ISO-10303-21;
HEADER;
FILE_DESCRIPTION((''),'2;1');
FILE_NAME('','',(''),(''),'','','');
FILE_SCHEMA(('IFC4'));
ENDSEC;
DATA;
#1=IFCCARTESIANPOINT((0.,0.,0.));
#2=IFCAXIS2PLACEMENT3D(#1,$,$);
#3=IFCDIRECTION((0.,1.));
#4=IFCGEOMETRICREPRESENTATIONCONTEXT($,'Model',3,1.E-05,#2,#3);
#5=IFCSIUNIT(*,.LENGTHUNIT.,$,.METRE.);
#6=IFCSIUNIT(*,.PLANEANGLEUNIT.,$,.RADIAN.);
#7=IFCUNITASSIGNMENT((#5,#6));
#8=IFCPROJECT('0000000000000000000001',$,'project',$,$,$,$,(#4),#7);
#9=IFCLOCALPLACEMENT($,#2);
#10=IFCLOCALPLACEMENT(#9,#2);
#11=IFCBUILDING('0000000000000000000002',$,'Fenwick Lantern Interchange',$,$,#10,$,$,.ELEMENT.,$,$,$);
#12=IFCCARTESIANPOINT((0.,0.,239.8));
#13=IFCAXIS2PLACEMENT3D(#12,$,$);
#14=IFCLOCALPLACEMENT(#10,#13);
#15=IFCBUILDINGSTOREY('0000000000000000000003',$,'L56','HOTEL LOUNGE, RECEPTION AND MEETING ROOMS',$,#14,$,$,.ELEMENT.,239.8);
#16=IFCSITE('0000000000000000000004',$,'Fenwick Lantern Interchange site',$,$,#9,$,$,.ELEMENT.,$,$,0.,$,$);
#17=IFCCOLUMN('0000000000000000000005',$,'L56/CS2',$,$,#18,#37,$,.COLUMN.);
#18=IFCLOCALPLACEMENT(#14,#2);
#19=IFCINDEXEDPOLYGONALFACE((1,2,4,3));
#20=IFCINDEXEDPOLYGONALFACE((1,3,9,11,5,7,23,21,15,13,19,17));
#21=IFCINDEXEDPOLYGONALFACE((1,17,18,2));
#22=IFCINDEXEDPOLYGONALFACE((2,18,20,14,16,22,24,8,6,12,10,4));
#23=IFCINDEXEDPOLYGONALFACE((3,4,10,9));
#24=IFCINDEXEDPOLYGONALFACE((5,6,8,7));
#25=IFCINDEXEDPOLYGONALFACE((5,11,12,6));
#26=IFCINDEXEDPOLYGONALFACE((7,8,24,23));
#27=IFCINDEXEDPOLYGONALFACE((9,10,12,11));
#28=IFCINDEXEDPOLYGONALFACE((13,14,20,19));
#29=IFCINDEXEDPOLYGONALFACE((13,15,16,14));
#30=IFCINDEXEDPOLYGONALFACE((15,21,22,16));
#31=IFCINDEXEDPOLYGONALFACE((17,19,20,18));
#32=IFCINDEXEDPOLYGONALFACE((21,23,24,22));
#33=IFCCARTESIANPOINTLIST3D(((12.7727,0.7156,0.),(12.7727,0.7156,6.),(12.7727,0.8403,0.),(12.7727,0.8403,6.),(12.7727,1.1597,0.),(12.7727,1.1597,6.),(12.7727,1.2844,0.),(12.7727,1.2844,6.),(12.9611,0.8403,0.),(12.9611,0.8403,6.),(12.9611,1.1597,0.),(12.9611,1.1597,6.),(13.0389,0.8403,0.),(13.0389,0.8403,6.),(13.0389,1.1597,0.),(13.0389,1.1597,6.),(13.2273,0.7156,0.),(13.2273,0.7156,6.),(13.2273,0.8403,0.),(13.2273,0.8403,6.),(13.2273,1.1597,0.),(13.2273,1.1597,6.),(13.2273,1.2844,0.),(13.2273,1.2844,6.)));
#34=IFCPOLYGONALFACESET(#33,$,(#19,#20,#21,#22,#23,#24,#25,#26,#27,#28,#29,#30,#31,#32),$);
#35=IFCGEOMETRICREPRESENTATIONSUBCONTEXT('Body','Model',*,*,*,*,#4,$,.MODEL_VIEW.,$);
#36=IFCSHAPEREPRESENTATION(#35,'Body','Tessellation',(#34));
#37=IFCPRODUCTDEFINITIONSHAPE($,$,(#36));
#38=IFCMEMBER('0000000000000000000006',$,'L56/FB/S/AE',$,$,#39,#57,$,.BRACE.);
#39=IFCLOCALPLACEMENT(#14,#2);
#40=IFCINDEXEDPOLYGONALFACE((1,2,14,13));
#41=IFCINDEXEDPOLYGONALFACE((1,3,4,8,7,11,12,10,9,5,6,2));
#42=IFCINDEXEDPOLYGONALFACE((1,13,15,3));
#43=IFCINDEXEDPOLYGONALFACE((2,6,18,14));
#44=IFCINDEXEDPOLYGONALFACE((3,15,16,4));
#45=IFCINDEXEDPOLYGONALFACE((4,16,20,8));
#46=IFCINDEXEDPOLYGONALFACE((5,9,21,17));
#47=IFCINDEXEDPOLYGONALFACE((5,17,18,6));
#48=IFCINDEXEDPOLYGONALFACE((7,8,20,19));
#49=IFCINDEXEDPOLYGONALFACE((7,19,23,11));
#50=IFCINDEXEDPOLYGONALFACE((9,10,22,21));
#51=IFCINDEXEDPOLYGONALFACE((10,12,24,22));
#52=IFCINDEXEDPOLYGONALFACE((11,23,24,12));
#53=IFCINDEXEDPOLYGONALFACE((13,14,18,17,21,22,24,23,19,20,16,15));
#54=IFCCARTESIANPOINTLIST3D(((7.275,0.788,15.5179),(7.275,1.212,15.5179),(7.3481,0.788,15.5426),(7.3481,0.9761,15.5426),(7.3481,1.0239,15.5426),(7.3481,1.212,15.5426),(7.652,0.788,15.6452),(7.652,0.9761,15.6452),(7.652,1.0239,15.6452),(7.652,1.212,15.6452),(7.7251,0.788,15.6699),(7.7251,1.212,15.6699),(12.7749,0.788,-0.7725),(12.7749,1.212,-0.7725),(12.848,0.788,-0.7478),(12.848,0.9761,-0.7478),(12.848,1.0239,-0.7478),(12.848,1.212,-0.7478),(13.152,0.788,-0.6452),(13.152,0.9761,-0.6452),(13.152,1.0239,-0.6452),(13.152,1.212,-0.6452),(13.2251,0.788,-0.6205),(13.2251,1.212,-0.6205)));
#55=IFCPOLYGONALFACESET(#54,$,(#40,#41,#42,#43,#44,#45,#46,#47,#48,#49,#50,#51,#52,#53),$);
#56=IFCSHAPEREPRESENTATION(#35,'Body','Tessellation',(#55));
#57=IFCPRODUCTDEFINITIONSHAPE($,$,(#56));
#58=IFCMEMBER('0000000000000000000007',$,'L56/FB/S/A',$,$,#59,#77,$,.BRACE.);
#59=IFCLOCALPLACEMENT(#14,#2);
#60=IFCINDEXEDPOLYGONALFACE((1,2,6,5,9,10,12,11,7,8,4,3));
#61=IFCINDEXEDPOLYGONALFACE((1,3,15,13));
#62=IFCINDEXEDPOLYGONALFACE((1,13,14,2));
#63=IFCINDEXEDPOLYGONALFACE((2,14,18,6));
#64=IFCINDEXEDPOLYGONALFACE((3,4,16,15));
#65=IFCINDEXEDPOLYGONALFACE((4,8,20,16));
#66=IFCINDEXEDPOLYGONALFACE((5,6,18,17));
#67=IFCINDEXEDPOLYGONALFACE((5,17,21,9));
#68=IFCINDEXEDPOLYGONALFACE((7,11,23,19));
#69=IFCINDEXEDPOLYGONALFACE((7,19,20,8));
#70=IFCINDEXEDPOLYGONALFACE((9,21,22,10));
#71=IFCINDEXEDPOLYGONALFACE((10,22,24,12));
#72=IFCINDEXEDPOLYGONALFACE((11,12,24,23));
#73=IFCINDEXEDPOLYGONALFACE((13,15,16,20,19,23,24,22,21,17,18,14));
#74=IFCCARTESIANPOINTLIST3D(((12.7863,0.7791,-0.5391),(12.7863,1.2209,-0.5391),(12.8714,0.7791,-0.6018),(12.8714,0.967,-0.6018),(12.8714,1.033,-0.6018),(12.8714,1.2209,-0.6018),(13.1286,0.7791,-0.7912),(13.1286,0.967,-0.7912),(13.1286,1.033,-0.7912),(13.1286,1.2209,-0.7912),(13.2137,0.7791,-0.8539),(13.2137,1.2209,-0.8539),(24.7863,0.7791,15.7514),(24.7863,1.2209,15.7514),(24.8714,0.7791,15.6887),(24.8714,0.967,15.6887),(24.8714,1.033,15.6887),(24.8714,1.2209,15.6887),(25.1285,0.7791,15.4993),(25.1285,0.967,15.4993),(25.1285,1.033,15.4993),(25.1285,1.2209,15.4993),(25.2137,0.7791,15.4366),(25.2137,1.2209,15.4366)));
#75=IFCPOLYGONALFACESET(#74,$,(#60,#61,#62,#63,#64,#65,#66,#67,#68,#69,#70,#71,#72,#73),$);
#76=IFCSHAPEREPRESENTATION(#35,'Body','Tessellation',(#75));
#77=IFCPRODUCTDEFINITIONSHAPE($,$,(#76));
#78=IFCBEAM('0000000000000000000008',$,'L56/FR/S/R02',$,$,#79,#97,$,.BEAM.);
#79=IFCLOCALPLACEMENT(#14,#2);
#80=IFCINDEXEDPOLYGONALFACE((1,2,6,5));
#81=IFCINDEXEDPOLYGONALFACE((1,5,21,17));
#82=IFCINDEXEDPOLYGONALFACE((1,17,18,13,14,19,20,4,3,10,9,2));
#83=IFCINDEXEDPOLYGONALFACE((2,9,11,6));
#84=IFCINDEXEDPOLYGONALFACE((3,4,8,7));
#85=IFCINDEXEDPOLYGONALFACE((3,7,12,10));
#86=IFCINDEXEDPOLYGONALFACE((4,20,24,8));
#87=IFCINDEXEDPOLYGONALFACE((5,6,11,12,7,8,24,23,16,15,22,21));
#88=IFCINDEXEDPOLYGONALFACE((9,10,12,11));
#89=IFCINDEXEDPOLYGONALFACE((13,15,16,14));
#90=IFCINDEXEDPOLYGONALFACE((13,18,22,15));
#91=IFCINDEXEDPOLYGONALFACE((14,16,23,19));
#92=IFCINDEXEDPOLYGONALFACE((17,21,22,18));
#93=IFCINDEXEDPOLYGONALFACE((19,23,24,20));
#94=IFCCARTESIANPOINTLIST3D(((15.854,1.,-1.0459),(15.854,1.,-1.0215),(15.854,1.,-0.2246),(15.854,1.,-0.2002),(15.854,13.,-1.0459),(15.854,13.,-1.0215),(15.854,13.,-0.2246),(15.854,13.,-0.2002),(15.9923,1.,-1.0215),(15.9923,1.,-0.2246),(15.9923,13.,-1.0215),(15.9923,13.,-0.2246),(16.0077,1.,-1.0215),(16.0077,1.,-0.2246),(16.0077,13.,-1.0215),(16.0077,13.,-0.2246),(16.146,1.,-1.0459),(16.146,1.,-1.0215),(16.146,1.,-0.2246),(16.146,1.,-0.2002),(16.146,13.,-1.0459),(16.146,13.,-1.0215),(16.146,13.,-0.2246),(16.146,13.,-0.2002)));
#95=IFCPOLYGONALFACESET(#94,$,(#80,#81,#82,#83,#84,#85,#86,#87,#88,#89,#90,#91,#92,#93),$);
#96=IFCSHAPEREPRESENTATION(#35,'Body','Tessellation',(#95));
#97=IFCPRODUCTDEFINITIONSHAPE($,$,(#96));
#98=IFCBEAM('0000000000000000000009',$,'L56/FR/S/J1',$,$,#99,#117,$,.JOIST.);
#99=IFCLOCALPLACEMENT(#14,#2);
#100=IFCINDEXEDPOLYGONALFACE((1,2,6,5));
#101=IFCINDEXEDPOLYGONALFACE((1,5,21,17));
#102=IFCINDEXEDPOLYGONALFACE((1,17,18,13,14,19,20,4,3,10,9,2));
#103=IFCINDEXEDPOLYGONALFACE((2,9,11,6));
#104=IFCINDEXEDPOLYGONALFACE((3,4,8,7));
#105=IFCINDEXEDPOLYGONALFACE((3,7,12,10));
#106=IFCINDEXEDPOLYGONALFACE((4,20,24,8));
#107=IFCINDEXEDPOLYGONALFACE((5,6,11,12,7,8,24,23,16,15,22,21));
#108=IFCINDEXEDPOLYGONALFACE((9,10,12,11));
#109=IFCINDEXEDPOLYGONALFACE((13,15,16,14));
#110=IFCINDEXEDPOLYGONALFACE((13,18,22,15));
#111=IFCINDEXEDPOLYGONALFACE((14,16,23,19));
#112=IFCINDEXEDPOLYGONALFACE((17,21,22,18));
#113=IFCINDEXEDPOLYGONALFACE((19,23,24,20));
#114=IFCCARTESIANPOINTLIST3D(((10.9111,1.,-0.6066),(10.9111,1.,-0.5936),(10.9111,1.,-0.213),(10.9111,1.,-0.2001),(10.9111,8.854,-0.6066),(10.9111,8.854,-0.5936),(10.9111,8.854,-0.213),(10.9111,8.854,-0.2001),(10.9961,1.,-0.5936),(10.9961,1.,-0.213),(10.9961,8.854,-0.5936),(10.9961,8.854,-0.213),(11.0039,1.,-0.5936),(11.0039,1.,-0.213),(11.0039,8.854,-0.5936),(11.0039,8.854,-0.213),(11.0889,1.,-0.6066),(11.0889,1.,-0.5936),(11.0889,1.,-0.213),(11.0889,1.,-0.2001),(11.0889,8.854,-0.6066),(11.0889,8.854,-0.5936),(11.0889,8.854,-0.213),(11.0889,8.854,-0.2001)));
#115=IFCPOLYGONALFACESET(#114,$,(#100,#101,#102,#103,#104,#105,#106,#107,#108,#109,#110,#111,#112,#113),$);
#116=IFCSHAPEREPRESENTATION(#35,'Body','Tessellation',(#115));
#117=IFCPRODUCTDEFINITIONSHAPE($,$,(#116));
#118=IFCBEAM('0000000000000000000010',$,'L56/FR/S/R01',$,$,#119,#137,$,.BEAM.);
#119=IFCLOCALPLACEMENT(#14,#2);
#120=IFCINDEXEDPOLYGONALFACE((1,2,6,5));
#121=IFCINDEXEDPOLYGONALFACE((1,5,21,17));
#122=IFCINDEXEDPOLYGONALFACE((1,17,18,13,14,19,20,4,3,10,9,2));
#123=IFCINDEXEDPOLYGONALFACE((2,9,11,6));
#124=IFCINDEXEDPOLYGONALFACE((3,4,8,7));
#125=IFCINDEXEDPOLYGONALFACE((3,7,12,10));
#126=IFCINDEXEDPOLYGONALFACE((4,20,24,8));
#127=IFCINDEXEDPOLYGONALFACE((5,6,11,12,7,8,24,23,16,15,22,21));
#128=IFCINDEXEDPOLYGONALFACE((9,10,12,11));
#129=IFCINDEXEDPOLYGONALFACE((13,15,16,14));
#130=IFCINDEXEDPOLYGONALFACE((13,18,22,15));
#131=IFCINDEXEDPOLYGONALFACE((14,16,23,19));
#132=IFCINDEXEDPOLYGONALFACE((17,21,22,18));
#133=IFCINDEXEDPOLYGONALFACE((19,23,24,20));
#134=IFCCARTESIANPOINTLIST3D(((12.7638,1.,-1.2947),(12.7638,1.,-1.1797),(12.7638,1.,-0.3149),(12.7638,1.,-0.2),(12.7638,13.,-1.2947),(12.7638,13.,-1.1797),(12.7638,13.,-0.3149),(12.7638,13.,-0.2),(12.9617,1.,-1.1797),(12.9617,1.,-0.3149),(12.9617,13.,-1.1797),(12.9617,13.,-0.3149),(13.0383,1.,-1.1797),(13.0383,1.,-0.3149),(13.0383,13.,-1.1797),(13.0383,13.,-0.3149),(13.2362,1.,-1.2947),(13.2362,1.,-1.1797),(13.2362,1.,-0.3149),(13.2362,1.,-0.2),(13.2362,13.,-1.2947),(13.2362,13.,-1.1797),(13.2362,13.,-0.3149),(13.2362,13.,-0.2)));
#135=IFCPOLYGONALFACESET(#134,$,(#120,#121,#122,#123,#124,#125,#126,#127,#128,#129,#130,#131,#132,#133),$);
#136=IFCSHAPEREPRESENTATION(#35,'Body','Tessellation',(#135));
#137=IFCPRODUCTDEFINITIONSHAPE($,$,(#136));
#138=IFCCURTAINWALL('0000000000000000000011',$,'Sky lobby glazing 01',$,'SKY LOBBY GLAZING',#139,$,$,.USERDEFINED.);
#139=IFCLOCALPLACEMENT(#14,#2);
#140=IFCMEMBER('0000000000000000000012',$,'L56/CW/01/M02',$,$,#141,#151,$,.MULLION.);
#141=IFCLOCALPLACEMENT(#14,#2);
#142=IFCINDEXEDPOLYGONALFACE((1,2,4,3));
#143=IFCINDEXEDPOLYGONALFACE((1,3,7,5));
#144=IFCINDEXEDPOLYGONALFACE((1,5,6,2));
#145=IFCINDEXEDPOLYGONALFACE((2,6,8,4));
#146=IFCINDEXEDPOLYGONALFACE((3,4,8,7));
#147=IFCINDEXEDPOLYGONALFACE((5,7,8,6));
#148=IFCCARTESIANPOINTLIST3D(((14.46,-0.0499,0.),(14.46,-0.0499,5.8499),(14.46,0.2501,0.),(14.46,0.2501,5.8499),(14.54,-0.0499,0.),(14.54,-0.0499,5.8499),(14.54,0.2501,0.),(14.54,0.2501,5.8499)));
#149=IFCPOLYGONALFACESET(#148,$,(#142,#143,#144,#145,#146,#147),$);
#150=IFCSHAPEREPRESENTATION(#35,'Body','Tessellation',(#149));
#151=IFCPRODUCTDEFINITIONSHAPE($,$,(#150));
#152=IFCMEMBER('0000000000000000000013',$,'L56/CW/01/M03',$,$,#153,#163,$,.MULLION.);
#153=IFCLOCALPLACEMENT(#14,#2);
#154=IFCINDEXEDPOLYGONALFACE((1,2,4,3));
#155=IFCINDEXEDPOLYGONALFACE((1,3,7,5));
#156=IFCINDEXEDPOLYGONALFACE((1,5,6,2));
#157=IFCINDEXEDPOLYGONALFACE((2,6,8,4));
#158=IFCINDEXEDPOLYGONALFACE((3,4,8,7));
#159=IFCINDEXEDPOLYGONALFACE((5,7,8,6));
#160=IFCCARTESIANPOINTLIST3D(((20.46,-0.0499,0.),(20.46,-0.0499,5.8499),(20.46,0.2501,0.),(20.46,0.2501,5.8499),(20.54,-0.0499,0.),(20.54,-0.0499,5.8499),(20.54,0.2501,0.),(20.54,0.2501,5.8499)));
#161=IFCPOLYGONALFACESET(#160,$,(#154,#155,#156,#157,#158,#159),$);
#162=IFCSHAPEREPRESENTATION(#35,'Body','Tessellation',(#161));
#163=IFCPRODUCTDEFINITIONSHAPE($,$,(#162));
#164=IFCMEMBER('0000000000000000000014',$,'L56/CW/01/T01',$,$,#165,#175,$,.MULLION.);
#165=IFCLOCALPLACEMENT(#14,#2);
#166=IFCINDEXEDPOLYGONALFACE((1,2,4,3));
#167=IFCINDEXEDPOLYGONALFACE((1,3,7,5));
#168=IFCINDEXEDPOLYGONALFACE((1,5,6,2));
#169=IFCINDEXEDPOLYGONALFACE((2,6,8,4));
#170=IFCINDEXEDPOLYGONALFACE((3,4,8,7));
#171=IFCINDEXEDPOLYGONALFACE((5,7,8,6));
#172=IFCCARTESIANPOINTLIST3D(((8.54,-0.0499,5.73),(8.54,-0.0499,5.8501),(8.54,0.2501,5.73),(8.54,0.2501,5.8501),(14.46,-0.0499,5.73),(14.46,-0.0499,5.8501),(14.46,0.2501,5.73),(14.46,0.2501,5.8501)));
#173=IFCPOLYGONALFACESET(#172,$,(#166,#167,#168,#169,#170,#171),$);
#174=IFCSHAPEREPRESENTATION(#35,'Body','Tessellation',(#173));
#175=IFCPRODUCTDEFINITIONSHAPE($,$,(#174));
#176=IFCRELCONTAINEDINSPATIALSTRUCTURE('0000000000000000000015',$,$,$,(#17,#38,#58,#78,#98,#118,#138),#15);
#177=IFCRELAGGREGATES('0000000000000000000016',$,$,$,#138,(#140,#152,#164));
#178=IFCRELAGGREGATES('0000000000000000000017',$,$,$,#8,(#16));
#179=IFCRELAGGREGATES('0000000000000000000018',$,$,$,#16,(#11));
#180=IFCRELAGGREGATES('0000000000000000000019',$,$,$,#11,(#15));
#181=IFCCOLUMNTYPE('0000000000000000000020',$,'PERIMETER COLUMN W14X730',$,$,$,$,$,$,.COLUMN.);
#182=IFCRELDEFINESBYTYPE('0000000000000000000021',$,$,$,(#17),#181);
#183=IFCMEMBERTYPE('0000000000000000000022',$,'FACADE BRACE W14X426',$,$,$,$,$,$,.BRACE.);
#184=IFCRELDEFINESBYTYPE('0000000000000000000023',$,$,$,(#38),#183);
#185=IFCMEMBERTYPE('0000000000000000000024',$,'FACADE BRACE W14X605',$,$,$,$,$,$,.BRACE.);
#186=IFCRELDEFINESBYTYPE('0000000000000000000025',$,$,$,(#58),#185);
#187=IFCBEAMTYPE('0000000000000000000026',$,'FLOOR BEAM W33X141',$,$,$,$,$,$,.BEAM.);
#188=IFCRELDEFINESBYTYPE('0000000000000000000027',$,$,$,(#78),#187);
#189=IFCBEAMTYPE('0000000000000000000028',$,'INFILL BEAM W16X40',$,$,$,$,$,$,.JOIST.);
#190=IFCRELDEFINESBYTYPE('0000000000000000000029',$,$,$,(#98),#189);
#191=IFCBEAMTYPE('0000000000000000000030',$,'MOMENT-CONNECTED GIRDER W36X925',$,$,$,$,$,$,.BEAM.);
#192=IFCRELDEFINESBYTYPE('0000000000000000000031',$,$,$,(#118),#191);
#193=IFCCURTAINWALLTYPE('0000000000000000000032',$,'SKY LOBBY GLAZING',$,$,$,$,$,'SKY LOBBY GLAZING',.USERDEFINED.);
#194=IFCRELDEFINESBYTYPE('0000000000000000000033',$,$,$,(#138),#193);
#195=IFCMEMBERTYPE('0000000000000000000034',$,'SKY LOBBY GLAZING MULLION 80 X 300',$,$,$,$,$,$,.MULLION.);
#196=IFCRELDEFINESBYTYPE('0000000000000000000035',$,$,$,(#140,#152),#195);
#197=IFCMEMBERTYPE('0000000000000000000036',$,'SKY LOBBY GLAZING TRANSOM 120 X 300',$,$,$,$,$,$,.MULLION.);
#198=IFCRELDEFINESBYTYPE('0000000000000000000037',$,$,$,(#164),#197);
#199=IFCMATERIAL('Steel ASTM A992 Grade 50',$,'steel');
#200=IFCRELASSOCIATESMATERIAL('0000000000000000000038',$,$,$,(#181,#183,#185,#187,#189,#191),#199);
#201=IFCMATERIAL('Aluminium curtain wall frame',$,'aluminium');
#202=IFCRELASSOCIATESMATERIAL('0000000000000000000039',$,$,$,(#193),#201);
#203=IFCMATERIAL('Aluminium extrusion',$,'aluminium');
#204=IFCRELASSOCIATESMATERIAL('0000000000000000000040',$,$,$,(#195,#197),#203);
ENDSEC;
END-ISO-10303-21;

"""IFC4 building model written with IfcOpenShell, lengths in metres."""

from ifc_helpers import new_model, si_unit, direction, frame, origin, origin_2d, place, context, subcontext, project, spatial, rectangle, i_section, extrude, material, material_profile, profile_set, type_object, element, aggregate, save


model = new_model("IFC4")

# Units and contexts
model_context = context("Model", 3, precision=1e-05, world=origin(), true_north=direction((0.0, 1.0)))
body_context = subcontext(model_context, "Body", "Model", "MODEL_VIEW")
ifc_project = project(units=[si_unit("LENGTHUNIT", "METRE"), si_unit("PLANEANGLEUNIT", "RADIAN")], contexts=[model_context])

# Site, building, storey
site_placement = place(None, origin())
site = spatial("IfcSite", under=ifc_project, at=site_placement, Name="Fenwick Lantern Interchange site", CompositionType="ELEMENT", RefElevation=0.0)
building_placement = place(site_placement, origin())
building = spatial("IfcBuilding", under=site, at=building_placement, Name="Fenwick Lantern Interchange", CompositionType="ELEMENT")
storey_placement = place(building_placement, frame((0.0, 0.0, 239.8)))
storey = spatial("IfcBuildingStorey", under=building, at=storey_placement, Name="L56", Description="HOTEL LOUNGE, RECEPTION AND MEETING ROOMS", CompositionType="ELEMENT", Elevation=239.8)

# Column
ifc_material_1 = material(Name="Steel ASTM A992 Grade 50", Category="steel")
ifc_material_profile_1 = material_profile(ifc_material_1, i_section(OverallWidth=0.4546, OverallDepth=0.5688, WebThickness=0.0779, FlangeThickness=0.1248, at=origin_2d()), Name="W14X730")
ifc_profile_set_1 = profile_set([ifc_material_profile_1], Name="Steel ASTM A992 Grade 50")
column_type = type_object("IfcColumnType", Name="PERIMETER COLUMN W14X730", PredefinedType="COLUMN", material=ifc_profile_set_1)
column_placement = place(storey_placement, frame((13.0, 1.0, 0.0), z_axis=(0.0, 0.0, 1.0), x_axis=(1.0, 0.0, 0.0)))
element("IfcColumn", 1, at=column_placement, inside=storey, type_object=column_type, Name="L56/CS2", PredefinedType="COLUMN", context=body_context, shape_type="SweptSolid", body=[
    extrude(i_section(OverallWidth=0.4546, OverallDepth=0.5688, WebThickness=0.0779, FlangeThickness=0.1248, at=origin_2d()), origin(), (0.0, 0.0, 1.0), 6.0),
])

# Members
ifc_material_profile_2 = material_profile(ifc_material_1, i_section(OverallWidth=0.4241, OverallDepth=0.4751, WebThickness=0.0479, FlangeThickness=0.0771, at=origin_2d()), Name="W14X426")
ifc_profile_set_2 = profile_set([ifc_material_profile_2], Name="Steel ASTM A992 Grade 50")
member_type_1 = type_object("IfcMemberType", Name="FACADE BRACE W14X426", PredefinedType="BRACE", material=ifc_profile_set_2)
member_1_placement = place(storey_placement, frame((13.0, 1.0, -0.6965), z_axis=(-0.31988, 0.0, 0.947458), x_axis=(0.0, -1.0, 0.0)))
element("IfcMember", 2, at=member_1_placement, inside=storey, type_object=member_type_1, Name="L56/FB/S/AE", PredefinedType="BRACE", context=body_context, shape_type="SweptSolid", body=[
    extrude(i_section(OverallWidth=0.4241, OverallDepth=0.4751, WebThickness=0.0479, FlangeThickness=0.0771, at=origin_2d()), origin(), (0.0, 0.0, 1.0), 17.1938),
])
ifc_material_profile_3 = material_profile(ifc_material_1, i_section(OverallWidth=0.4419, OverallDepth=0.5308, WebThickness=0.0659, FlangeThickness=0.1057, at=origin_2d()), Name="W14X605")
ifc_profile_set_3 = profile_set([ifc_material_profile_3], Name="Steel ASTM A992 Grade 50")
member_type_2 = type_object("IfcMemberType", Name="FACADE BRACE W14X605", PredefinedType="BRACE", material=ifc_profile_set_3)
member_2_placement = place(storey_placement, frame((13.0, 1.0, -0.6965), z_axis=(0.593085, 0.0, 0.80514), x_axis=(0.0, 1.0, 0.0)))
element("IfcMember", 3, at=member_2_placement, inside=storey, type_object=member_type_2, Name="L56/FB/S/A", PredefinedType="BRACE", context=body_context, shape_type="SweptSolid", body=[
    extrude(i_section(OverallWidth=0.4419, OverallDepth=0.5308, WebThickness=0.0659, FlangeThickness=0.1057, at=origin_2d()), origin(), (0.0, 0.0, 1.0), 20.2332),
])

# Beams
ifc_material_profile_4 = material_profile(ifc_material_1, i_section(OverallWidth=0.292, OverallDepth=0.8457, WebThickness=0.0154, FlangeThickness=0.0244, at=origin_2d()), Name="W33X141")
ifc_profile_set_4 = profile_set([ifc_material_profile_4], Name="Steel ASTM A992 Grade 50")
beam_type_1 = type_object("IfcBeamType", Name="FLOOR BEAM W33X141", PredefinedType="BEAM", material=ifc_profile_set_4)
beam_1_placement = place(storey_placement, frame((16.0, 1.0, -0.623), z_axis=(0.0, 1.0, 0.0), x_axis=(-1.0, 0.0, 0.0)))
element("IfcBeam", 4, at=beam_1_placement, inside=storey, type_object=beam_type_1, Name="L56/FR/S/R02", PredefinedType="BEAM", context=body_context, shape_type="SweptSolid", body=[
    extrude(i_section(OverallWidth=0.292, OverallDepth=0.8457, WebThickness=0.0154, FlangeThickness=0.0244, at=origin_2d()), origin(), (0.0, 0.0, 1.0), 12.0),
])
ifc_material_profile_5 = material_profile(ifc_material_1, i_section(OverallWidth=0.1777, OverallDepth=0.4065, WebThickness=0.0078, FlangeThickness=0.0129, at=origin_2d()), Name="W16X40")
ifc_profile_set_5 = profile_set([ifc_material_profile_5], Name="Steel ASTM A992 Grade 50")
beam_type_2 = type_object("IfcBeamType", Name="INFILL BEAM W16X40", PredefinedType="JOIST", material=ifc_profile_set_5)
beam_2_placement = place(storey_placement, frame((11.0, 1.0, -0.4033), z_axis=(0.0, 1.0, 0.0), x_axis=(-1.0, 0.0, 0.0)))
element("IfcBeam", 5, at=beam_2_placement, inside=storey, type_object=beam_type_2, Name="L56/FR/S/J1", PredefinedType="JOIST", context=body_context, shape_type="SweptSolid", body=[
    extrude(i_section(OverallWidth=0.1777, OverallDepth=0.4065, WebThickness=0.0078, FlangeThickness=0.0129, at=origin_2d()), origin(), (0.0, 0.0, 1.0), 7.854),
])
ifc_material_profile_6 = material_profile(ifc_material_1, i_section(OverallWidth=0.4724, OverallDepth=1.0947, WebThickness=0.0767, FlangeThickness=0.115, at=origin_2d()), Name="W36X925")
ifc_profile_set_6 = profile_set([ifc_material_profile_6], Name="Steel ASTM A992 Grade 50")
beam_type_3 = type_object("IfcBeamType", Name="MOMENT-CONNECTED GIRDER W36X925", PredefinedType="BEAM", material=ifc_profile_set_6)
beam_3_placement = place(storey_placement, frame((13.0, 1.0, -0.7473), z_axis=(0.0, 1.0, 0.0), x_axis=(-1.0, 0.0, 0.0)))
element("IfcBeam", 6, at=beam_3_placement, inside=storey, type_object=beam_type_3, Name="L56/FR/S/R01", PredefinedType="BEAM", context=body_context, shape_type="SweptSolid", body=[
    extrude(i_section(OverallWidth=0.4724, OverallDepth=1.0947, WebThickness=0.0767, FlangeThickness=0.115, at=origin_2d()), origin(), (0.0, 0.0, 1.0), 12.0),
])

# Curtain wall, members
ifc_material_2 = material(Name="Aluminium curtain wall frame", Category="aluminium")
curtain_wall_type = type_object("IfcCurtainWallType", Name="SKY LOBBY GLAZING", ElementType="SKY LOBBY GLAZING", PredefinedType="USERDEFINED", material=ifc_material_2)
curtain_wall_placement = place(storey_placement, origin())
curtain_wall = element("IfcCurtainWall", 7, at=curtain_wall_placement, inside=storey, type_object=curtain_wall_type, Name="Sky lobby glazing 01", ObjectType="SKY LOBBY GLAZING", PredefinedType="USERDEFINED")
ifc_material_3 = material(Name="Aluminium extrusion", Category="aluminium")
ifc_material_profile_7 = material_profile(ifc_material_3, rectangle(XDim=0.3, YDim=0.0801, at=origin_2d()), Name="SKY LOBBY GLAZING MULLION 80 X 300")
ifc_profile_set_7 = profile_set([ifc_material_profile_7], Name="Aluminium extrusion")
member_type_3 = type_object("IfcMemberType", Name="SKY LOBBY GLAZING MULLION 80 X 300", PredefinedType="MULLION", material=ifc_profile_set_7)
member_3_placement = place(storey_placement, frame((14.5, 0.1001, 0.0), z_axis=(0.0, 0.0, 1.0), x_axis=(0.0, 1.0, 0.0)))
member_3 = element("IfcMember", 8, at=member_3_placement, type_object=member_type_3, Name="L56/CW/01/M02", PredefinedType="MULLION", context=body_context, shape_type="SweptSolid", body=[
    extrude(rectangle(XDim=0.3, YDim=0.0801, at=origin_2d()), origin(), (0.0, 0.0, 1.0), 5.8499),
])
member_4_placement = place(storey_placement, frame((20.5, 0.1001, 0.0), z_axis=(0.0, 0.0, 1.0), x_axis=(0.0, 1.0, 0.0)))
member_4 = element("IfcMember", 9, at=member_4_placement, type_object=member_type_3, Name="L56/CW/01/M03", PredefinedType="MULLION", context=body_context, shape_type="SweptSolid", body=[
    extrude(rectangle(XDim=0.3, YDim=0.0801, at=origin_2d()), origin(), (0.0, 0.0, 1.0), 5.8499),
])
ifc_material_profile_8 = material_profile(ifc_material_3, rectangle(XDim=0.3, YDim=0.1201, at=origin_2d()), Name="SKY LOBBY GLAZING TRANSOM 120 X 300")
ifc_profile_set_8 = profile_set([ifc_material_profile_8], Name="Aluminium extrusion")
member_type_4 = type_object("IfcMemberType", Name="SKY LOBBY GLAZING TRANSOM 120 X 300", PredefinedType="MULLION", material=ifc_profile_set_8)
member_5_placement = place(storey_placement, frame((8.54, 0.1001, 5.79), z_axis=(1.0, 0.0, 0.0), x_axis=(0.0, 1.0, 0.0)))
member_5 = element("IfcMember", 10, at=member_5_placement, type_object=member_type_4, Name="L56/CW/01/T01", PredefinedType="MULLION", context=body_context, shape_type="SweptSolid", body=[
    extrude(rectangle(XDim=0.3, YDim=0.1201, at=origin_2d()), origin(), (0.0, 0.0, 1.0), 5.9199),
])
aggregate(curtain_wall, [member_3, member_4, member_5])

save(model, "model.ifc")
